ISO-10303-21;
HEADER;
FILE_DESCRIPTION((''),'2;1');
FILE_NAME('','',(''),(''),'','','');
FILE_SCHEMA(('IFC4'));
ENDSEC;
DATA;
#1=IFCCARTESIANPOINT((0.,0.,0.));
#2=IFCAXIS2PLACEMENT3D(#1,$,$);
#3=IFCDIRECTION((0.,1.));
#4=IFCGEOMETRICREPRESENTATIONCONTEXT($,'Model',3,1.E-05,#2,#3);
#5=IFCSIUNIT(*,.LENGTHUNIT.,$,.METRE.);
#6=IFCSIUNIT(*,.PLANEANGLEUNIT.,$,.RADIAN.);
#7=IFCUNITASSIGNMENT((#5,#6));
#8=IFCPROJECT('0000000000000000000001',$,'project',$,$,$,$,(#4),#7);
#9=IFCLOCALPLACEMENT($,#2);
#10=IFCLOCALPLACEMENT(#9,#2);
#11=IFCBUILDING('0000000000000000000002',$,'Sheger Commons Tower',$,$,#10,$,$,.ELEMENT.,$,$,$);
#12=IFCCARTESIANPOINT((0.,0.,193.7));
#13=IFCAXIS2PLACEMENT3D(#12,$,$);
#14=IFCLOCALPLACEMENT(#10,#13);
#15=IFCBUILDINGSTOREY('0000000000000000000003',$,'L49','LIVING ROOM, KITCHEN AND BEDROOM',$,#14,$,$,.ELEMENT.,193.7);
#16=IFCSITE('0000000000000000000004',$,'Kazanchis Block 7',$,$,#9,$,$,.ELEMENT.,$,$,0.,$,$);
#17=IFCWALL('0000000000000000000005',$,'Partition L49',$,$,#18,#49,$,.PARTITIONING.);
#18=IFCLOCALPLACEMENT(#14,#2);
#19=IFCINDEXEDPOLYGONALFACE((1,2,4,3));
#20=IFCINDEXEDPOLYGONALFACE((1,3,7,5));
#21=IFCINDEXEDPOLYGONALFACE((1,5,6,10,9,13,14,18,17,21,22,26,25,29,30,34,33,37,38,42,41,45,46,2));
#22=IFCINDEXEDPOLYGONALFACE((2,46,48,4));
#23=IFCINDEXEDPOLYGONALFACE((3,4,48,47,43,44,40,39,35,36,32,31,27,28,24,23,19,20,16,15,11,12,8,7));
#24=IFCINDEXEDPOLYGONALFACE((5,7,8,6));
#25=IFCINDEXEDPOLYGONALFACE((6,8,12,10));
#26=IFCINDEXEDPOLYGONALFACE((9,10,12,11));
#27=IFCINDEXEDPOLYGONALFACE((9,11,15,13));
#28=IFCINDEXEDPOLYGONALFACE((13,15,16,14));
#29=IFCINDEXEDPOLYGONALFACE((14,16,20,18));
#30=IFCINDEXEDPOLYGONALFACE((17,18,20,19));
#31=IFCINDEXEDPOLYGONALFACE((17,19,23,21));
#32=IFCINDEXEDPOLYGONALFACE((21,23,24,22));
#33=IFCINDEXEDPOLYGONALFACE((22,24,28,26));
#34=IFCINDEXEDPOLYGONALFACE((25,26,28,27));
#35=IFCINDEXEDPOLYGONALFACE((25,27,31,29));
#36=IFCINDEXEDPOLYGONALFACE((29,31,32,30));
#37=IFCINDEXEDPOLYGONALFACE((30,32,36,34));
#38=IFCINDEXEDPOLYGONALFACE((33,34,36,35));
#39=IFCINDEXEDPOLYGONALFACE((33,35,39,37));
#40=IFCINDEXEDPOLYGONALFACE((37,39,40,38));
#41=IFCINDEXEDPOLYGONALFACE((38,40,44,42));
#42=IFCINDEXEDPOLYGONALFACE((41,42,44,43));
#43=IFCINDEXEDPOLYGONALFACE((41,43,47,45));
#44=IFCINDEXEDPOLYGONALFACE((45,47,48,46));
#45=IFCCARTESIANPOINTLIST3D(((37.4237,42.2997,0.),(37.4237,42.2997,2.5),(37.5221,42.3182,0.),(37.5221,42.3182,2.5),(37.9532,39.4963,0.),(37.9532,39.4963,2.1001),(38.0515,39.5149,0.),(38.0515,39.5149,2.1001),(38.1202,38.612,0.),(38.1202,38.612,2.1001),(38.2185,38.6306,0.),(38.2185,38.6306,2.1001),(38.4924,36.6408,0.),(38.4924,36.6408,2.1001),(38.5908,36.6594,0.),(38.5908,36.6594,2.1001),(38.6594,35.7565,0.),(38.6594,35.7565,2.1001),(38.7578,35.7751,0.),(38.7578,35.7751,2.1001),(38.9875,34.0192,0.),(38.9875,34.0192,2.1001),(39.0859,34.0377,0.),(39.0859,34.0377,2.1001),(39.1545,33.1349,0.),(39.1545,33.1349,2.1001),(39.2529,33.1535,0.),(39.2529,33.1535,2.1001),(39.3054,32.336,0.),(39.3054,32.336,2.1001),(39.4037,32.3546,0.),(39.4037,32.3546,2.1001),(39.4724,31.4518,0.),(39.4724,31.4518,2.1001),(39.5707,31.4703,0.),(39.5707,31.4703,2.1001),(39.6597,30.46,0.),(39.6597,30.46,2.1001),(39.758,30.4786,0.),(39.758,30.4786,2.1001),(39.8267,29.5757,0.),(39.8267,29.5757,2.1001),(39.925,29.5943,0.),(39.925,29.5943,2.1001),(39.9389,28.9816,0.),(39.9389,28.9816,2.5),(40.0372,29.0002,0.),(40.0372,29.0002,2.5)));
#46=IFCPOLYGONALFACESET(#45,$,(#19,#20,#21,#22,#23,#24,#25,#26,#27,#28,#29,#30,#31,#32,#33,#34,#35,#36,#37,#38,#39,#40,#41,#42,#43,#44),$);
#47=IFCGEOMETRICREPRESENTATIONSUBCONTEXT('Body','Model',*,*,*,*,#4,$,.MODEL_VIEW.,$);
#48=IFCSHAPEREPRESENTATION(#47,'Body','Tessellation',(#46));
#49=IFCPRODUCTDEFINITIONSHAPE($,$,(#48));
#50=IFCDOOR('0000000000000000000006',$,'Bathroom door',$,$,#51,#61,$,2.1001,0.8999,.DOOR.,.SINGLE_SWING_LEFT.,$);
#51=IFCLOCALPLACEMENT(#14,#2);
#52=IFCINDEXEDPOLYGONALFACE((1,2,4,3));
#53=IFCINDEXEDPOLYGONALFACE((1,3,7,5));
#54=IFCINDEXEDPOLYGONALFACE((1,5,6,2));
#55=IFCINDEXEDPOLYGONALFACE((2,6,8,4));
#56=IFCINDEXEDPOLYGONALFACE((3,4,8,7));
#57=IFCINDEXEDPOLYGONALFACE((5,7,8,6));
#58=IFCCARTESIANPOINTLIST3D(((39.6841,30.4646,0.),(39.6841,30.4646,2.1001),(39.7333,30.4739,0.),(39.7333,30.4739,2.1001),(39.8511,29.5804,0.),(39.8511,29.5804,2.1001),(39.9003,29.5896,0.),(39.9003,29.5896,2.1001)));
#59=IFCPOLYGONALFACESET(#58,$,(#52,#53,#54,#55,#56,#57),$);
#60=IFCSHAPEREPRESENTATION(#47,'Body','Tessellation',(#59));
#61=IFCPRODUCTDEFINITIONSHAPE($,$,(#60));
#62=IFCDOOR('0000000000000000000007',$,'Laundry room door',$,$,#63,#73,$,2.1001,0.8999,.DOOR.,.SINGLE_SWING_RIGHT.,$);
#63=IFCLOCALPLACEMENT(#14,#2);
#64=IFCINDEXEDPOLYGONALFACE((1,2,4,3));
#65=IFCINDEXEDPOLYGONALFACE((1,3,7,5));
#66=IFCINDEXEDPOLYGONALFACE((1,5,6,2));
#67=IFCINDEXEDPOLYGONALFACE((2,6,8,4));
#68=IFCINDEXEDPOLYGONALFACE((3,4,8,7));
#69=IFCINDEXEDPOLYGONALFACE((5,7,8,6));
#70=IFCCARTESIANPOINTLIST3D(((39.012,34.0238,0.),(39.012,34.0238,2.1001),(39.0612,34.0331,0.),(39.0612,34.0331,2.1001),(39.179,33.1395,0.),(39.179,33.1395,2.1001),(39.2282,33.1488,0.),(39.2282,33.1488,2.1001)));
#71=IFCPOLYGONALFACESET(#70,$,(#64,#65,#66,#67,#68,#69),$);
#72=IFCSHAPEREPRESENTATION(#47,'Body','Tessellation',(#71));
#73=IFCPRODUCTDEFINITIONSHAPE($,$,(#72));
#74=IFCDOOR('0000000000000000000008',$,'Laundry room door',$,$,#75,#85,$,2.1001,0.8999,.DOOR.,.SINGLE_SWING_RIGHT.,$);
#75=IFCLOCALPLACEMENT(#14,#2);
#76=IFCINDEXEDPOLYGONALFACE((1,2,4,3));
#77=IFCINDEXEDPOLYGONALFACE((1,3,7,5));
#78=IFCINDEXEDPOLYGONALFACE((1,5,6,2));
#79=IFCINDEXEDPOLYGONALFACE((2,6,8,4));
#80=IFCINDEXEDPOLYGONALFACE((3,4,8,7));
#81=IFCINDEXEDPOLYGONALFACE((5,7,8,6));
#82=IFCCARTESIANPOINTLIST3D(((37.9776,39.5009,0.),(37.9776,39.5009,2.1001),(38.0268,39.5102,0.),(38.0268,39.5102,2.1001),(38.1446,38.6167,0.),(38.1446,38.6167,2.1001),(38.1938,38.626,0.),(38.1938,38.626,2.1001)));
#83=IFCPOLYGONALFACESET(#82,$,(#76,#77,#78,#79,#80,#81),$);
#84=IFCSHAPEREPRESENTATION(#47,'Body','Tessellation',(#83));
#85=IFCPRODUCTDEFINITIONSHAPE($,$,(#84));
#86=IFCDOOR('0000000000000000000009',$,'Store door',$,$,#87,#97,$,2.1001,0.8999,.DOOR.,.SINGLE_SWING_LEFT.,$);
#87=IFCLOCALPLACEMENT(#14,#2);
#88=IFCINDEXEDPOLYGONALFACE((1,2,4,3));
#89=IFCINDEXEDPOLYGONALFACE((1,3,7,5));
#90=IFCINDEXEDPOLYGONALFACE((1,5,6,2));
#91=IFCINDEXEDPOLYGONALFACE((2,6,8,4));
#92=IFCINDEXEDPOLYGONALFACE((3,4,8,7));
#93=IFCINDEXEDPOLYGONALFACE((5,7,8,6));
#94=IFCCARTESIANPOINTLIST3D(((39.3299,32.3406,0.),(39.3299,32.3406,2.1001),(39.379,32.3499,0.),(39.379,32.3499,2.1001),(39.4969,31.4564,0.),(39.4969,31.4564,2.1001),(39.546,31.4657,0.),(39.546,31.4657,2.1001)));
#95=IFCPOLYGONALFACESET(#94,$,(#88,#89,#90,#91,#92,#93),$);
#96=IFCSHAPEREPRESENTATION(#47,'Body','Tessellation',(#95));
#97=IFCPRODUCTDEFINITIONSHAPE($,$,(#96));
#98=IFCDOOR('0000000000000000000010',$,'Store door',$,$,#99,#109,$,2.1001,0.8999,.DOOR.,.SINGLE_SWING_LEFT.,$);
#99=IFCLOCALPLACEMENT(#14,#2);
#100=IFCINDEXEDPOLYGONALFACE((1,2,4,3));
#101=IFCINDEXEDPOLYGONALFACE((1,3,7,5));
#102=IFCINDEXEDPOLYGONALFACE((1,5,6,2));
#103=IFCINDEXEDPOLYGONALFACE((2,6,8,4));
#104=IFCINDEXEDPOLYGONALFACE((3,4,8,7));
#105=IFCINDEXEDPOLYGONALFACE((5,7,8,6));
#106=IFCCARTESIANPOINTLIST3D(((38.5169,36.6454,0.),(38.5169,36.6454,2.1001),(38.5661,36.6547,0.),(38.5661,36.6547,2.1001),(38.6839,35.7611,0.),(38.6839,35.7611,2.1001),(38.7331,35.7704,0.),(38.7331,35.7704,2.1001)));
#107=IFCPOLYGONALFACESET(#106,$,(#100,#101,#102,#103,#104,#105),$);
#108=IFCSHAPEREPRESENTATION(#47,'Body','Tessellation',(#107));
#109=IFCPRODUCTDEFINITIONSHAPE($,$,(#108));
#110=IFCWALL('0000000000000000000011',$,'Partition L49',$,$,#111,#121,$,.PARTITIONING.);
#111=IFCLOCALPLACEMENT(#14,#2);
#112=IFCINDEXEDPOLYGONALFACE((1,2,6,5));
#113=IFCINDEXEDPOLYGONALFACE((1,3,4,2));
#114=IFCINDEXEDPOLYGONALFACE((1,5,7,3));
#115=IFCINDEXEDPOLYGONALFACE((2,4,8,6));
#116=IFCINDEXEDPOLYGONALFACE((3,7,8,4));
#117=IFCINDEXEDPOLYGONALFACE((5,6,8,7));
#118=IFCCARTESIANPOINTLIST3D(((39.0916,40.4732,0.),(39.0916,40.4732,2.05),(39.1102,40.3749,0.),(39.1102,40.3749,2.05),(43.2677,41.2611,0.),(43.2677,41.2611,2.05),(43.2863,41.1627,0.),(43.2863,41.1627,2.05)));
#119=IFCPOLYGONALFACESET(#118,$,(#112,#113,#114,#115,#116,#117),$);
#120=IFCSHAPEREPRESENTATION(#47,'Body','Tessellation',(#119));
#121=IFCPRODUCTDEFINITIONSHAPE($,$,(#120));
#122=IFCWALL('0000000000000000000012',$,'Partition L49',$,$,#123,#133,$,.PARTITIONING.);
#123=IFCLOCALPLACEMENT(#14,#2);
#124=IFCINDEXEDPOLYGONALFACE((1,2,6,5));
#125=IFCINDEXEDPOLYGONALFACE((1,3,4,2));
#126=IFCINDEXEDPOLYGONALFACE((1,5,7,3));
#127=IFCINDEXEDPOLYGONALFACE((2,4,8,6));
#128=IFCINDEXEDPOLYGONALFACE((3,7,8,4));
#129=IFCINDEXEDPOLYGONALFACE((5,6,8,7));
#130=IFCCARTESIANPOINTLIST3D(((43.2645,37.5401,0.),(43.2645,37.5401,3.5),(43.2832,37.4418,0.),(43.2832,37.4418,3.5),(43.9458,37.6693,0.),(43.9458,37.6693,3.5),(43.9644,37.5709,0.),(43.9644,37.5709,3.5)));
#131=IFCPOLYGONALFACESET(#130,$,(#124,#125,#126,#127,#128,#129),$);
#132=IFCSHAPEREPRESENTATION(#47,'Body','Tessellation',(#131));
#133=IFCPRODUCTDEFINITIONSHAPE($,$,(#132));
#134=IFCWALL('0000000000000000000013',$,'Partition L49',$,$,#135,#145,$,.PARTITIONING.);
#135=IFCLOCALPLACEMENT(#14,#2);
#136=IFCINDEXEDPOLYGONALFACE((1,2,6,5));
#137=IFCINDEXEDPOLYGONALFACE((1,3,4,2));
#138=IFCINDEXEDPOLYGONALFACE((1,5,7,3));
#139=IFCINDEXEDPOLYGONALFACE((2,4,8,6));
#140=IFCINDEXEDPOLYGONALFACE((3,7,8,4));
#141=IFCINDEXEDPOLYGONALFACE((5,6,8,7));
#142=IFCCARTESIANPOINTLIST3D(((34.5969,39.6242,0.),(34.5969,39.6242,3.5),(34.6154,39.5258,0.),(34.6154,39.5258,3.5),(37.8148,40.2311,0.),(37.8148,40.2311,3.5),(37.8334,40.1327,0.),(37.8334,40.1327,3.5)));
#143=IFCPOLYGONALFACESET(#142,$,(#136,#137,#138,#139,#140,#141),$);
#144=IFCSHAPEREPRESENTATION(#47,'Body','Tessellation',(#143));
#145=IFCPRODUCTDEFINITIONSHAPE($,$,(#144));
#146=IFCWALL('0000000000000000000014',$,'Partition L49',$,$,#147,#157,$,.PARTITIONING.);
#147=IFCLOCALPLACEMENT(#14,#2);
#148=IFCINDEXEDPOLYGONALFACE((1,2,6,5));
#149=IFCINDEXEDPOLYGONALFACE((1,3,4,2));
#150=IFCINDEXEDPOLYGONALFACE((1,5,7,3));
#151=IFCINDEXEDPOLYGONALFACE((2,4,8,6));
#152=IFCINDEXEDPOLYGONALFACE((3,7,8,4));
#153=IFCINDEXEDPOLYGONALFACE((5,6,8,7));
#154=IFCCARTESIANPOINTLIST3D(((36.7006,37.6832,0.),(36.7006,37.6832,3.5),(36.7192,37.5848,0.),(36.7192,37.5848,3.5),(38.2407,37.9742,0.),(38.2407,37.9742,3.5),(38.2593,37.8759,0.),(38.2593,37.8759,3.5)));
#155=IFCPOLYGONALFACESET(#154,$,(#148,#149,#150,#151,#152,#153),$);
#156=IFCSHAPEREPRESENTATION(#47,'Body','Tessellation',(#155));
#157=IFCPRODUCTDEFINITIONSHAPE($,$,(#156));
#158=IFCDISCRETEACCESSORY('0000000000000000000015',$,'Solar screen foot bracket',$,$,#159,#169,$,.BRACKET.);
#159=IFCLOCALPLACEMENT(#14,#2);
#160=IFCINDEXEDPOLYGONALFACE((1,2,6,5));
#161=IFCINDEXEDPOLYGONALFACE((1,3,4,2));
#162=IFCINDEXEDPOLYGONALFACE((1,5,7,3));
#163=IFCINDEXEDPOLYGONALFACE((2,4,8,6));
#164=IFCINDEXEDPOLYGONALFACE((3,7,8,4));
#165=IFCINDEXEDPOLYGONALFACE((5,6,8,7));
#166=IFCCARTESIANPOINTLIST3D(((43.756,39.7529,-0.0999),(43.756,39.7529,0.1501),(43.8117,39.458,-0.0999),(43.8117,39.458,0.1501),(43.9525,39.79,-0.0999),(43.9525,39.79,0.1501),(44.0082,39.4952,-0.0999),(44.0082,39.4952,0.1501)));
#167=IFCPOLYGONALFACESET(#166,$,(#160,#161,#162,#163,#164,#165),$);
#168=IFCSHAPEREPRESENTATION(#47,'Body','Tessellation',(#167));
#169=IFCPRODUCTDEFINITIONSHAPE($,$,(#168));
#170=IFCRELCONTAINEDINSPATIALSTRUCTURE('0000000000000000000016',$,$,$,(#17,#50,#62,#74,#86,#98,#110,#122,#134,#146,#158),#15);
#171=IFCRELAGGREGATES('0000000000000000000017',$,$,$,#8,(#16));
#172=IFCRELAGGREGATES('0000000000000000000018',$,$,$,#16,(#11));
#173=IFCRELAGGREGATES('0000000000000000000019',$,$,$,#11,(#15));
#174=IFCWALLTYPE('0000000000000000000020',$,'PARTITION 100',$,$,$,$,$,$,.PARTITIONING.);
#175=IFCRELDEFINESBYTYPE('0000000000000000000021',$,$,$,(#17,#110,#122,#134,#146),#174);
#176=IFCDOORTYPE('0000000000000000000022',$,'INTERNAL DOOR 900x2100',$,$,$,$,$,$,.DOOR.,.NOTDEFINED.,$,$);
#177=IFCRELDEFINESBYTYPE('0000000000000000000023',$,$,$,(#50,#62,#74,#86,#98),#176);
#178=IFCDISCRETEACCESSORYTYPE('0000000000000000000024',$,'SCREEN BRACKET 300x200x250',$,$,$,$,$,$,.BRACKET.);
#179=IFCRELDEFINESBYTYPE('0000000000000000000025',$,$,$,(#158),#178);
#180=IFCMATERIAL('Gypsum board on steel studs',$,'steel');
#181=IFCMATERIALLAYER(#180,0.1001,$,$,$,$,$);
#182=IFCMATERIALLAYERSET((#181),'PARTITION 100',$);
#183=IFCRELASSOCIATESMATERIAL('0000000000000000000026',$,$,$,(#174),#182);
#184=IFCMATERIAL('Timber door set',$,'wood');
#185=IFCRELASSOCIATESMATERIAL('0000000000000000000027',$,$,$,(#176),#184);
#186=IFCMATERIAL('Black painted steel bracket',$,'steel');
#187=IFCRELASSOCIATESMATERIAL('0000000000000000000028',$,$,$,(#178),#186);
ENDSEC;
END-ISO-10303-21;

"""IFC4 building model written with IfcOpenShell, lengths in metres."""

from ifc_helpers import new_model, si_unit, direction, frame, frame_2d, origin, origin_2d, place, context, subcontext, project, spatial, rectangle, extrude, material, layer, layer_set, type_object, element, fill, save


model = new_model("IFC4")

# Units and contexts
model_context = context("Model", 3, precision=1e-05, world=origin(), true_north=direction((0.0, 1.0)))
body_context = subcontext(model_context, "Body", "Model", "MODEL_VIEW")
ifc_project = project(units=[si_unit("LENGTHUNIT", "METRE"), si_unit("PLANEANGLEUNIT", "RADIAN")], contexts=[model_context])

# Site, building, storey
site_placement = place(None, origin())
site = spatial("IfcSite", under=ifc_project, at=site_placement, Name="Kazanchis Block 7", CompositionType="ELEMENT", RefElevation=0.0)
building_placement = place(site_placement, origin())
building = spatial("IfcBuilding", under=site, at=building_placement, Name="Sheger Commons Tower", CompositionType="ELEMENT")
storey_placement = place(building_placement, frame((0.0, 0.0, 193.7)))
storey = spatial("IfcBuildingStorey", under=building, at=storey_placement, Name="L49", Description="LIVING ROOM, KITCHEN AND BEDROOM", CompositionType="ELEMENT", Elevation=193.7)

# Shared definitions
ifc_material_1 = material(Name="Gypsum board on steel studs", Category="steel")
ifc_layer_1 = layer(ifc_material_1, 0.1001)
ifc_layer_set_1 = layer_set([ifc_layer_1], Name="PARTITION 100")
wall_type = type_object("IfcWallType", Name="PARTITION 100", PredefinedType="PARTITIONING", material=ifc_layer_set_1)

# Wall, openings, doors
ifc_material_2 = material(Name="Timber door set", Category="wood")
door_type = type_object("IfcDoorType", Name="INTERNAL DOOR 900x2100", OperationType="NOTDEFINED", PredefinedType="DOOR", material=ifc_material_2)
wall_1_placement = place(storey_placement, frame((37.4729, 42.3091, 0.0), z_axis=(0.0, 0.0, 1.0), x_axis=(0.185571, -0.982631, 0.0)))
wall_1 = element("IfcWall", 1, at=wall_1_placement, inside=storey, type_object=wall_type, Name="Partition L49", PredefinedType="PARTITIONING", context=body_context, shape_type="SweptSolid", body=[
    extrude(rectangle(XDim=13.5535, YDim=0.1001, at=frame_2d((6.7769, 0.0))), origin(), (0.0, 0.0, 1.0), 2.5),
])
opening_1_placement = place(wall_1_placement, frame((12.0491, 0.0, 0.0)))
opening_1 = element("IfcOpeningElement", 2, at=opening_1_placement, cuts=wall_1, PredefinedType="OPENING", context=body_context, shape_type="SweptSolid", body=[
    extrude(rectangle(XDim=0.8999, YDim=2.1001, at=frame_2d((0.45, 1.05))), frame((0.0, 0.0601, 0.0), z_axis=(0.0, -1.0, 0.0), x_axis=(1.0, 0.0, 0.0)), (0.0, 0.0, 1.0), 0.1201),
])
opening_2_placement = place(wall_1_placement, frame((8.427, 0.0, 0.0)))
opening_2 = element("IfcOpeningElement", 3, at=opening_2_placement, cuts=wall_1, PredefinedType="OPENING", context=body_context, shape_type="SweptSolid", body=[
    extrude(rectangle(XDim=0.8999, YDim=2.1001, at=frame_2d((0.45, 1.05))), frame((0.0, 0.0601, 0.0), z_axis=(0.0, -1.0, 0.0), x_axis=(1.0, 0.0, 0.0)), (0.0, 0.0, 1.0), 0.1201),
])
opening_3_placement = place(wall_1_placement, frame((2.853, 0.0, 0.0)))
opening_3 = element("IfcOpeningElement", 4, at=opening_3_placement, cuts=wall_1, PredefinedType="OPENING", context=body_context, shape_type="SweptSolid", body=[
    extrude(rectangle(XDim=0.8999, YDim=2.1001, at=frame_2d((0.45, 1.05))), frame((0.0, 0.0601, 0.0), z_axis=(0.0, -1.0, 0.0), x_axis=(1.0, 0.0, 0.0)), (0.0, 0.0, 1.0), 0.1201),
])
opening_4_placement = place(wall_1_placement, frame((10.1399, 0.0, 0.0)))
opening_4 = element("IfcOpeningElement", 5, at=opening_4_placement, cuts=wall_1, PredefinedType="OPENING", context=body_context, shape_type="SweptSolid", body=[
    extrude(rectangle(XDim=0.8999, YDim=2.1001, at=frame_2d((0.45, 1.05))), frame((0.0, 0.0601, 0.0), z_axis=(0.0, -1.0, 0.0), x_axis=(1.0, 0.0, 0.0)), (0.0, 0.0, 1.0), 0.1201),
])
opening_5_placement = place(wall_1_placement, frame((5.759, 0.0, 0.0)))
opening_5 = element("IfcOpeningElement", 6, at=opening_5_placement, cuts=wall_1, PredefinedType="OPENING", context=body_context, shape_type="SweptSolid", body=[
    extrude(rectangle(XDim=0.8999, YDim=2.1001, at=frame_2d((0.45, 1.05))), frame((0.0, 0.0601, 0.0), z_axis=(0.0, -1.0, 0.0), x_axis=(1.0, 0.0, 0.0)), (0.0, 0.0, 1.0), 0.1201),
])
door_1_placement = place(opening_1_placement, origin())
door_1 = element("IfcDoor", 7, at=door_1_placement, inside=storey, type_object=door_type, Name="Bathroom door", OperationType="SINGLE_SWING_LEFT", OverallHeight=2.1001, OverallWidth=0.8999, PredefinedType="DOOR", context=body_context, shape_type="SweptSolid", body=[
    extrude(rectangle(XDim=0.8999, YDim=2.1001, at=frame_2d((0.45, 1.05))), frame((0.0, 0.0249, 0.0), z_axis=(0.0, -1.0, 0.0), x_axis=(1.0, 0.0, 0.0)), (0.0, 0.0, 1.0), 0.05),
])
fill(opening_1, door_1)
door_2_placement = place(opening_2_placement, origin())
door_2 = element("IfcDoor", 8, at=door_2_placement, inside=storey, type_object=door_type, Name="Laundry room door", OperationType="SINGLE_SWING_RIGHT", OverallHeight=2.1001, OverallWidth=0.8999, PredefinedType="DOOR", context=body_context, shape_type="SweptSolid", body=[
    extrude(rectangle(XDim=0.8999, YDim=2.1001, at=frame_2d((0.45, 1.05))), frame((0.0, 0.0249, 0.0), z_axis=(0.0, -1.0, 0.0), x_axis=(1.0, 0.0, 0.0)), (0.0, 0.0, 1.0), 0.05),
])
fill(opening_2, door_2)
door_3_placement = place(opening_3_placement, origin())
door_3 = element("IfcDoor", 9, at=door_3_placement, inside=storey, type_object=door_type, Name="Laundry room door", OperationType="SINGLE_SWING_RIGHT", OverallHeight=2.1001, OverallWidth=0.8999, PredefinedType="DOOR", context=body_context, shape_type="SweptSolid", body=[
    extrude(rectangle(XDim=0.8999, YDim=2.1001, at=frame_2d((0.45, 1.05))), frame((0.0, 0.0249, 0.0), z_axis=(0.0, -1.0, 0.0), x_axis=(1.0, 0.0, 0.0)), (0.0, 0.0, 1.0), 0.05),
])
fill(opening_3, door_3)
door_4_placement = place(opening_4_placement, origin())
door_4 = element("IfcDoor", 10, at=door_4_placement, inside=storey, type_object=door_type, Name="Store door", OperationType="SINGLE_SWING_LEFT", OverallHeight=2.1001, OverallWidth=0.8999, PredefinedType="DOOR", context=body_context, shape_type="SweptSolid", body=[
    extrude(rectangle(XDim=0.8999, YDim=2.1001, at=frame_2d((0.45, 1.05))), frame((0.0, 0.0249, 0.0), z_axis=(0.0, -1.0, 0.0), x_axis=(1.0, 0.0, 0.0)), (0.0, 0.0, 1.0), 0.05),
])
fill(opening_4, door_4)
door_5_placement = place(opening_5_placement, origin())
door_5 = element("IfcDoor", 11, at=door_5_placement, inside=storey, type_object=door_type, Name="Store door", OperationType="SINGLE_SWING_LEFT", OverallHeight=2.1001, OverallWidth=0.8999, PredefinedType="DOOR", context=body_context, shape_type="SweptSolid", body=[
    extrude(rectangle(XDim=0.8999, YDim=2.1001, at=frame_2d((0.45, 1.05))), frame((0.0, 0.0249, 0.0), z_axis=(0.0, -1.0, 0.0), x_axis=(1.0, 0.0, 0.0)), (0.0, 0.0, 1.0), 0.05),
])
fill(opening_5, door_5)

# Walls
wall_2_placement = place(storey_placement, frame((43.2771, 41.2119, 0.0), z_axis=(0.0, 0.0, 1.0), x_axis=(-0.982665, -0.185388, 0.0)))
element("IfcWall", 12, at=wall_2_placement, inside=storey, type_object=wall_type, Name="Partition L49", PredefinedType="PARTITIONING", context=body_context, shape_type="SweptSolid", body=[
    extrude(rectangle(XDim=4.2498, YDim=0.1001, at=frame_2d((2.125, 0.0))), origin(), (0.0, 0.0, 1.0), 2.05),
])
wall_3_placement = place(storey_placement, frame((43.9551, 37.6201, 0.0), z_axis=(0.0, 0.0, 1.0), x_axis=(-0.982495, -0.186287, 0.0)))
element("IfcWall", 13, at=wall_3_placement, inside=storey, type_object=wall_type, Name="Partition L49", PredefinedType="PARTITIONING", context=body_context, shape_type="SweptSolid", body=[
    extrude(rectangle(XDim=0.6934, YDim=0.1001, at=frame_2d((0.3467, 0.0))), origin(), (0.0, 0.0, 1.0), 3.5),
])
wall_4_placement = place(storey_placement, frame((37.824, 40.1819, 0.0), z_axis=(0.0, 0.0, 1.0), x_axis=(-0.982675, -0.185337, 0.0)))
element("IfcWall", 14, at=wall_4_placement, inside=storey, type_object=wall_type, Name="Partition L49", PredefinedType="PARTITIONING", context=body_context, shape_type="SweptSolid", body=[
    extrude(rectangle(XDim=3.2747, YDim=0.1001, at=frame_2d((1.6372, 0.0))), origin(), (0.0, 0.0, 1.0), 3.5),
])
wall_5_placement = place(storey_placement, frame((38.25, 37.925, 0.0), z_axis=(0.0, 0.0, 1.0), x_axis=(-0.98261, -0.18568, 0.0)))
element("IfcWall", 15, at=wall_5_placement, inside=storey, type_object=wall_type, Name="Partition L49", PredefinedType="PARTITIONING", context=body_context, shape_type="SweptSolid", body=[
    extrude(rectangle(XDim=1.5674, YDim=0.1001, at=frame_2d((0.7837, 0.0))), origin(), (0.0, 0.0, 1.0), 3.5),
])

# Discrete accessory
ifc_material_3 = material(Name="Black painted steel bracket", Category="steel")
discrete_accessory_type = type_object("IfcDiscreteAccessoryType", Name="SCREEN BRACKET 300x200x250", PredefinedType="BRACKET", material=ifc_material_3)
for number, where, z_axis, x_axis, name in (
    (16, (43.8821, 39.624, -0.0999), (0.0, 0.0, 1.0), (-0.185615, 0.982623, 0.0), "Solar screen foot bracket"),
):
    element("IfcDiscreteAccessory", number, at=place(storey_placement, frame(where, z_axis=z_axis, x_axis=x_axis)), inside=storey, type_object=discrete_accessory_type, Name=name, PredefinedType="BRACKET", context=body_context, shape_type="SweptSolid", body=[
        extrude(rectangle(XDim=0.3, YDim=0.2, at=origin_2d()), origin(), (0.0, 0.0, 1.0), 0.25),
    ])

save(model, "model.ifc")
